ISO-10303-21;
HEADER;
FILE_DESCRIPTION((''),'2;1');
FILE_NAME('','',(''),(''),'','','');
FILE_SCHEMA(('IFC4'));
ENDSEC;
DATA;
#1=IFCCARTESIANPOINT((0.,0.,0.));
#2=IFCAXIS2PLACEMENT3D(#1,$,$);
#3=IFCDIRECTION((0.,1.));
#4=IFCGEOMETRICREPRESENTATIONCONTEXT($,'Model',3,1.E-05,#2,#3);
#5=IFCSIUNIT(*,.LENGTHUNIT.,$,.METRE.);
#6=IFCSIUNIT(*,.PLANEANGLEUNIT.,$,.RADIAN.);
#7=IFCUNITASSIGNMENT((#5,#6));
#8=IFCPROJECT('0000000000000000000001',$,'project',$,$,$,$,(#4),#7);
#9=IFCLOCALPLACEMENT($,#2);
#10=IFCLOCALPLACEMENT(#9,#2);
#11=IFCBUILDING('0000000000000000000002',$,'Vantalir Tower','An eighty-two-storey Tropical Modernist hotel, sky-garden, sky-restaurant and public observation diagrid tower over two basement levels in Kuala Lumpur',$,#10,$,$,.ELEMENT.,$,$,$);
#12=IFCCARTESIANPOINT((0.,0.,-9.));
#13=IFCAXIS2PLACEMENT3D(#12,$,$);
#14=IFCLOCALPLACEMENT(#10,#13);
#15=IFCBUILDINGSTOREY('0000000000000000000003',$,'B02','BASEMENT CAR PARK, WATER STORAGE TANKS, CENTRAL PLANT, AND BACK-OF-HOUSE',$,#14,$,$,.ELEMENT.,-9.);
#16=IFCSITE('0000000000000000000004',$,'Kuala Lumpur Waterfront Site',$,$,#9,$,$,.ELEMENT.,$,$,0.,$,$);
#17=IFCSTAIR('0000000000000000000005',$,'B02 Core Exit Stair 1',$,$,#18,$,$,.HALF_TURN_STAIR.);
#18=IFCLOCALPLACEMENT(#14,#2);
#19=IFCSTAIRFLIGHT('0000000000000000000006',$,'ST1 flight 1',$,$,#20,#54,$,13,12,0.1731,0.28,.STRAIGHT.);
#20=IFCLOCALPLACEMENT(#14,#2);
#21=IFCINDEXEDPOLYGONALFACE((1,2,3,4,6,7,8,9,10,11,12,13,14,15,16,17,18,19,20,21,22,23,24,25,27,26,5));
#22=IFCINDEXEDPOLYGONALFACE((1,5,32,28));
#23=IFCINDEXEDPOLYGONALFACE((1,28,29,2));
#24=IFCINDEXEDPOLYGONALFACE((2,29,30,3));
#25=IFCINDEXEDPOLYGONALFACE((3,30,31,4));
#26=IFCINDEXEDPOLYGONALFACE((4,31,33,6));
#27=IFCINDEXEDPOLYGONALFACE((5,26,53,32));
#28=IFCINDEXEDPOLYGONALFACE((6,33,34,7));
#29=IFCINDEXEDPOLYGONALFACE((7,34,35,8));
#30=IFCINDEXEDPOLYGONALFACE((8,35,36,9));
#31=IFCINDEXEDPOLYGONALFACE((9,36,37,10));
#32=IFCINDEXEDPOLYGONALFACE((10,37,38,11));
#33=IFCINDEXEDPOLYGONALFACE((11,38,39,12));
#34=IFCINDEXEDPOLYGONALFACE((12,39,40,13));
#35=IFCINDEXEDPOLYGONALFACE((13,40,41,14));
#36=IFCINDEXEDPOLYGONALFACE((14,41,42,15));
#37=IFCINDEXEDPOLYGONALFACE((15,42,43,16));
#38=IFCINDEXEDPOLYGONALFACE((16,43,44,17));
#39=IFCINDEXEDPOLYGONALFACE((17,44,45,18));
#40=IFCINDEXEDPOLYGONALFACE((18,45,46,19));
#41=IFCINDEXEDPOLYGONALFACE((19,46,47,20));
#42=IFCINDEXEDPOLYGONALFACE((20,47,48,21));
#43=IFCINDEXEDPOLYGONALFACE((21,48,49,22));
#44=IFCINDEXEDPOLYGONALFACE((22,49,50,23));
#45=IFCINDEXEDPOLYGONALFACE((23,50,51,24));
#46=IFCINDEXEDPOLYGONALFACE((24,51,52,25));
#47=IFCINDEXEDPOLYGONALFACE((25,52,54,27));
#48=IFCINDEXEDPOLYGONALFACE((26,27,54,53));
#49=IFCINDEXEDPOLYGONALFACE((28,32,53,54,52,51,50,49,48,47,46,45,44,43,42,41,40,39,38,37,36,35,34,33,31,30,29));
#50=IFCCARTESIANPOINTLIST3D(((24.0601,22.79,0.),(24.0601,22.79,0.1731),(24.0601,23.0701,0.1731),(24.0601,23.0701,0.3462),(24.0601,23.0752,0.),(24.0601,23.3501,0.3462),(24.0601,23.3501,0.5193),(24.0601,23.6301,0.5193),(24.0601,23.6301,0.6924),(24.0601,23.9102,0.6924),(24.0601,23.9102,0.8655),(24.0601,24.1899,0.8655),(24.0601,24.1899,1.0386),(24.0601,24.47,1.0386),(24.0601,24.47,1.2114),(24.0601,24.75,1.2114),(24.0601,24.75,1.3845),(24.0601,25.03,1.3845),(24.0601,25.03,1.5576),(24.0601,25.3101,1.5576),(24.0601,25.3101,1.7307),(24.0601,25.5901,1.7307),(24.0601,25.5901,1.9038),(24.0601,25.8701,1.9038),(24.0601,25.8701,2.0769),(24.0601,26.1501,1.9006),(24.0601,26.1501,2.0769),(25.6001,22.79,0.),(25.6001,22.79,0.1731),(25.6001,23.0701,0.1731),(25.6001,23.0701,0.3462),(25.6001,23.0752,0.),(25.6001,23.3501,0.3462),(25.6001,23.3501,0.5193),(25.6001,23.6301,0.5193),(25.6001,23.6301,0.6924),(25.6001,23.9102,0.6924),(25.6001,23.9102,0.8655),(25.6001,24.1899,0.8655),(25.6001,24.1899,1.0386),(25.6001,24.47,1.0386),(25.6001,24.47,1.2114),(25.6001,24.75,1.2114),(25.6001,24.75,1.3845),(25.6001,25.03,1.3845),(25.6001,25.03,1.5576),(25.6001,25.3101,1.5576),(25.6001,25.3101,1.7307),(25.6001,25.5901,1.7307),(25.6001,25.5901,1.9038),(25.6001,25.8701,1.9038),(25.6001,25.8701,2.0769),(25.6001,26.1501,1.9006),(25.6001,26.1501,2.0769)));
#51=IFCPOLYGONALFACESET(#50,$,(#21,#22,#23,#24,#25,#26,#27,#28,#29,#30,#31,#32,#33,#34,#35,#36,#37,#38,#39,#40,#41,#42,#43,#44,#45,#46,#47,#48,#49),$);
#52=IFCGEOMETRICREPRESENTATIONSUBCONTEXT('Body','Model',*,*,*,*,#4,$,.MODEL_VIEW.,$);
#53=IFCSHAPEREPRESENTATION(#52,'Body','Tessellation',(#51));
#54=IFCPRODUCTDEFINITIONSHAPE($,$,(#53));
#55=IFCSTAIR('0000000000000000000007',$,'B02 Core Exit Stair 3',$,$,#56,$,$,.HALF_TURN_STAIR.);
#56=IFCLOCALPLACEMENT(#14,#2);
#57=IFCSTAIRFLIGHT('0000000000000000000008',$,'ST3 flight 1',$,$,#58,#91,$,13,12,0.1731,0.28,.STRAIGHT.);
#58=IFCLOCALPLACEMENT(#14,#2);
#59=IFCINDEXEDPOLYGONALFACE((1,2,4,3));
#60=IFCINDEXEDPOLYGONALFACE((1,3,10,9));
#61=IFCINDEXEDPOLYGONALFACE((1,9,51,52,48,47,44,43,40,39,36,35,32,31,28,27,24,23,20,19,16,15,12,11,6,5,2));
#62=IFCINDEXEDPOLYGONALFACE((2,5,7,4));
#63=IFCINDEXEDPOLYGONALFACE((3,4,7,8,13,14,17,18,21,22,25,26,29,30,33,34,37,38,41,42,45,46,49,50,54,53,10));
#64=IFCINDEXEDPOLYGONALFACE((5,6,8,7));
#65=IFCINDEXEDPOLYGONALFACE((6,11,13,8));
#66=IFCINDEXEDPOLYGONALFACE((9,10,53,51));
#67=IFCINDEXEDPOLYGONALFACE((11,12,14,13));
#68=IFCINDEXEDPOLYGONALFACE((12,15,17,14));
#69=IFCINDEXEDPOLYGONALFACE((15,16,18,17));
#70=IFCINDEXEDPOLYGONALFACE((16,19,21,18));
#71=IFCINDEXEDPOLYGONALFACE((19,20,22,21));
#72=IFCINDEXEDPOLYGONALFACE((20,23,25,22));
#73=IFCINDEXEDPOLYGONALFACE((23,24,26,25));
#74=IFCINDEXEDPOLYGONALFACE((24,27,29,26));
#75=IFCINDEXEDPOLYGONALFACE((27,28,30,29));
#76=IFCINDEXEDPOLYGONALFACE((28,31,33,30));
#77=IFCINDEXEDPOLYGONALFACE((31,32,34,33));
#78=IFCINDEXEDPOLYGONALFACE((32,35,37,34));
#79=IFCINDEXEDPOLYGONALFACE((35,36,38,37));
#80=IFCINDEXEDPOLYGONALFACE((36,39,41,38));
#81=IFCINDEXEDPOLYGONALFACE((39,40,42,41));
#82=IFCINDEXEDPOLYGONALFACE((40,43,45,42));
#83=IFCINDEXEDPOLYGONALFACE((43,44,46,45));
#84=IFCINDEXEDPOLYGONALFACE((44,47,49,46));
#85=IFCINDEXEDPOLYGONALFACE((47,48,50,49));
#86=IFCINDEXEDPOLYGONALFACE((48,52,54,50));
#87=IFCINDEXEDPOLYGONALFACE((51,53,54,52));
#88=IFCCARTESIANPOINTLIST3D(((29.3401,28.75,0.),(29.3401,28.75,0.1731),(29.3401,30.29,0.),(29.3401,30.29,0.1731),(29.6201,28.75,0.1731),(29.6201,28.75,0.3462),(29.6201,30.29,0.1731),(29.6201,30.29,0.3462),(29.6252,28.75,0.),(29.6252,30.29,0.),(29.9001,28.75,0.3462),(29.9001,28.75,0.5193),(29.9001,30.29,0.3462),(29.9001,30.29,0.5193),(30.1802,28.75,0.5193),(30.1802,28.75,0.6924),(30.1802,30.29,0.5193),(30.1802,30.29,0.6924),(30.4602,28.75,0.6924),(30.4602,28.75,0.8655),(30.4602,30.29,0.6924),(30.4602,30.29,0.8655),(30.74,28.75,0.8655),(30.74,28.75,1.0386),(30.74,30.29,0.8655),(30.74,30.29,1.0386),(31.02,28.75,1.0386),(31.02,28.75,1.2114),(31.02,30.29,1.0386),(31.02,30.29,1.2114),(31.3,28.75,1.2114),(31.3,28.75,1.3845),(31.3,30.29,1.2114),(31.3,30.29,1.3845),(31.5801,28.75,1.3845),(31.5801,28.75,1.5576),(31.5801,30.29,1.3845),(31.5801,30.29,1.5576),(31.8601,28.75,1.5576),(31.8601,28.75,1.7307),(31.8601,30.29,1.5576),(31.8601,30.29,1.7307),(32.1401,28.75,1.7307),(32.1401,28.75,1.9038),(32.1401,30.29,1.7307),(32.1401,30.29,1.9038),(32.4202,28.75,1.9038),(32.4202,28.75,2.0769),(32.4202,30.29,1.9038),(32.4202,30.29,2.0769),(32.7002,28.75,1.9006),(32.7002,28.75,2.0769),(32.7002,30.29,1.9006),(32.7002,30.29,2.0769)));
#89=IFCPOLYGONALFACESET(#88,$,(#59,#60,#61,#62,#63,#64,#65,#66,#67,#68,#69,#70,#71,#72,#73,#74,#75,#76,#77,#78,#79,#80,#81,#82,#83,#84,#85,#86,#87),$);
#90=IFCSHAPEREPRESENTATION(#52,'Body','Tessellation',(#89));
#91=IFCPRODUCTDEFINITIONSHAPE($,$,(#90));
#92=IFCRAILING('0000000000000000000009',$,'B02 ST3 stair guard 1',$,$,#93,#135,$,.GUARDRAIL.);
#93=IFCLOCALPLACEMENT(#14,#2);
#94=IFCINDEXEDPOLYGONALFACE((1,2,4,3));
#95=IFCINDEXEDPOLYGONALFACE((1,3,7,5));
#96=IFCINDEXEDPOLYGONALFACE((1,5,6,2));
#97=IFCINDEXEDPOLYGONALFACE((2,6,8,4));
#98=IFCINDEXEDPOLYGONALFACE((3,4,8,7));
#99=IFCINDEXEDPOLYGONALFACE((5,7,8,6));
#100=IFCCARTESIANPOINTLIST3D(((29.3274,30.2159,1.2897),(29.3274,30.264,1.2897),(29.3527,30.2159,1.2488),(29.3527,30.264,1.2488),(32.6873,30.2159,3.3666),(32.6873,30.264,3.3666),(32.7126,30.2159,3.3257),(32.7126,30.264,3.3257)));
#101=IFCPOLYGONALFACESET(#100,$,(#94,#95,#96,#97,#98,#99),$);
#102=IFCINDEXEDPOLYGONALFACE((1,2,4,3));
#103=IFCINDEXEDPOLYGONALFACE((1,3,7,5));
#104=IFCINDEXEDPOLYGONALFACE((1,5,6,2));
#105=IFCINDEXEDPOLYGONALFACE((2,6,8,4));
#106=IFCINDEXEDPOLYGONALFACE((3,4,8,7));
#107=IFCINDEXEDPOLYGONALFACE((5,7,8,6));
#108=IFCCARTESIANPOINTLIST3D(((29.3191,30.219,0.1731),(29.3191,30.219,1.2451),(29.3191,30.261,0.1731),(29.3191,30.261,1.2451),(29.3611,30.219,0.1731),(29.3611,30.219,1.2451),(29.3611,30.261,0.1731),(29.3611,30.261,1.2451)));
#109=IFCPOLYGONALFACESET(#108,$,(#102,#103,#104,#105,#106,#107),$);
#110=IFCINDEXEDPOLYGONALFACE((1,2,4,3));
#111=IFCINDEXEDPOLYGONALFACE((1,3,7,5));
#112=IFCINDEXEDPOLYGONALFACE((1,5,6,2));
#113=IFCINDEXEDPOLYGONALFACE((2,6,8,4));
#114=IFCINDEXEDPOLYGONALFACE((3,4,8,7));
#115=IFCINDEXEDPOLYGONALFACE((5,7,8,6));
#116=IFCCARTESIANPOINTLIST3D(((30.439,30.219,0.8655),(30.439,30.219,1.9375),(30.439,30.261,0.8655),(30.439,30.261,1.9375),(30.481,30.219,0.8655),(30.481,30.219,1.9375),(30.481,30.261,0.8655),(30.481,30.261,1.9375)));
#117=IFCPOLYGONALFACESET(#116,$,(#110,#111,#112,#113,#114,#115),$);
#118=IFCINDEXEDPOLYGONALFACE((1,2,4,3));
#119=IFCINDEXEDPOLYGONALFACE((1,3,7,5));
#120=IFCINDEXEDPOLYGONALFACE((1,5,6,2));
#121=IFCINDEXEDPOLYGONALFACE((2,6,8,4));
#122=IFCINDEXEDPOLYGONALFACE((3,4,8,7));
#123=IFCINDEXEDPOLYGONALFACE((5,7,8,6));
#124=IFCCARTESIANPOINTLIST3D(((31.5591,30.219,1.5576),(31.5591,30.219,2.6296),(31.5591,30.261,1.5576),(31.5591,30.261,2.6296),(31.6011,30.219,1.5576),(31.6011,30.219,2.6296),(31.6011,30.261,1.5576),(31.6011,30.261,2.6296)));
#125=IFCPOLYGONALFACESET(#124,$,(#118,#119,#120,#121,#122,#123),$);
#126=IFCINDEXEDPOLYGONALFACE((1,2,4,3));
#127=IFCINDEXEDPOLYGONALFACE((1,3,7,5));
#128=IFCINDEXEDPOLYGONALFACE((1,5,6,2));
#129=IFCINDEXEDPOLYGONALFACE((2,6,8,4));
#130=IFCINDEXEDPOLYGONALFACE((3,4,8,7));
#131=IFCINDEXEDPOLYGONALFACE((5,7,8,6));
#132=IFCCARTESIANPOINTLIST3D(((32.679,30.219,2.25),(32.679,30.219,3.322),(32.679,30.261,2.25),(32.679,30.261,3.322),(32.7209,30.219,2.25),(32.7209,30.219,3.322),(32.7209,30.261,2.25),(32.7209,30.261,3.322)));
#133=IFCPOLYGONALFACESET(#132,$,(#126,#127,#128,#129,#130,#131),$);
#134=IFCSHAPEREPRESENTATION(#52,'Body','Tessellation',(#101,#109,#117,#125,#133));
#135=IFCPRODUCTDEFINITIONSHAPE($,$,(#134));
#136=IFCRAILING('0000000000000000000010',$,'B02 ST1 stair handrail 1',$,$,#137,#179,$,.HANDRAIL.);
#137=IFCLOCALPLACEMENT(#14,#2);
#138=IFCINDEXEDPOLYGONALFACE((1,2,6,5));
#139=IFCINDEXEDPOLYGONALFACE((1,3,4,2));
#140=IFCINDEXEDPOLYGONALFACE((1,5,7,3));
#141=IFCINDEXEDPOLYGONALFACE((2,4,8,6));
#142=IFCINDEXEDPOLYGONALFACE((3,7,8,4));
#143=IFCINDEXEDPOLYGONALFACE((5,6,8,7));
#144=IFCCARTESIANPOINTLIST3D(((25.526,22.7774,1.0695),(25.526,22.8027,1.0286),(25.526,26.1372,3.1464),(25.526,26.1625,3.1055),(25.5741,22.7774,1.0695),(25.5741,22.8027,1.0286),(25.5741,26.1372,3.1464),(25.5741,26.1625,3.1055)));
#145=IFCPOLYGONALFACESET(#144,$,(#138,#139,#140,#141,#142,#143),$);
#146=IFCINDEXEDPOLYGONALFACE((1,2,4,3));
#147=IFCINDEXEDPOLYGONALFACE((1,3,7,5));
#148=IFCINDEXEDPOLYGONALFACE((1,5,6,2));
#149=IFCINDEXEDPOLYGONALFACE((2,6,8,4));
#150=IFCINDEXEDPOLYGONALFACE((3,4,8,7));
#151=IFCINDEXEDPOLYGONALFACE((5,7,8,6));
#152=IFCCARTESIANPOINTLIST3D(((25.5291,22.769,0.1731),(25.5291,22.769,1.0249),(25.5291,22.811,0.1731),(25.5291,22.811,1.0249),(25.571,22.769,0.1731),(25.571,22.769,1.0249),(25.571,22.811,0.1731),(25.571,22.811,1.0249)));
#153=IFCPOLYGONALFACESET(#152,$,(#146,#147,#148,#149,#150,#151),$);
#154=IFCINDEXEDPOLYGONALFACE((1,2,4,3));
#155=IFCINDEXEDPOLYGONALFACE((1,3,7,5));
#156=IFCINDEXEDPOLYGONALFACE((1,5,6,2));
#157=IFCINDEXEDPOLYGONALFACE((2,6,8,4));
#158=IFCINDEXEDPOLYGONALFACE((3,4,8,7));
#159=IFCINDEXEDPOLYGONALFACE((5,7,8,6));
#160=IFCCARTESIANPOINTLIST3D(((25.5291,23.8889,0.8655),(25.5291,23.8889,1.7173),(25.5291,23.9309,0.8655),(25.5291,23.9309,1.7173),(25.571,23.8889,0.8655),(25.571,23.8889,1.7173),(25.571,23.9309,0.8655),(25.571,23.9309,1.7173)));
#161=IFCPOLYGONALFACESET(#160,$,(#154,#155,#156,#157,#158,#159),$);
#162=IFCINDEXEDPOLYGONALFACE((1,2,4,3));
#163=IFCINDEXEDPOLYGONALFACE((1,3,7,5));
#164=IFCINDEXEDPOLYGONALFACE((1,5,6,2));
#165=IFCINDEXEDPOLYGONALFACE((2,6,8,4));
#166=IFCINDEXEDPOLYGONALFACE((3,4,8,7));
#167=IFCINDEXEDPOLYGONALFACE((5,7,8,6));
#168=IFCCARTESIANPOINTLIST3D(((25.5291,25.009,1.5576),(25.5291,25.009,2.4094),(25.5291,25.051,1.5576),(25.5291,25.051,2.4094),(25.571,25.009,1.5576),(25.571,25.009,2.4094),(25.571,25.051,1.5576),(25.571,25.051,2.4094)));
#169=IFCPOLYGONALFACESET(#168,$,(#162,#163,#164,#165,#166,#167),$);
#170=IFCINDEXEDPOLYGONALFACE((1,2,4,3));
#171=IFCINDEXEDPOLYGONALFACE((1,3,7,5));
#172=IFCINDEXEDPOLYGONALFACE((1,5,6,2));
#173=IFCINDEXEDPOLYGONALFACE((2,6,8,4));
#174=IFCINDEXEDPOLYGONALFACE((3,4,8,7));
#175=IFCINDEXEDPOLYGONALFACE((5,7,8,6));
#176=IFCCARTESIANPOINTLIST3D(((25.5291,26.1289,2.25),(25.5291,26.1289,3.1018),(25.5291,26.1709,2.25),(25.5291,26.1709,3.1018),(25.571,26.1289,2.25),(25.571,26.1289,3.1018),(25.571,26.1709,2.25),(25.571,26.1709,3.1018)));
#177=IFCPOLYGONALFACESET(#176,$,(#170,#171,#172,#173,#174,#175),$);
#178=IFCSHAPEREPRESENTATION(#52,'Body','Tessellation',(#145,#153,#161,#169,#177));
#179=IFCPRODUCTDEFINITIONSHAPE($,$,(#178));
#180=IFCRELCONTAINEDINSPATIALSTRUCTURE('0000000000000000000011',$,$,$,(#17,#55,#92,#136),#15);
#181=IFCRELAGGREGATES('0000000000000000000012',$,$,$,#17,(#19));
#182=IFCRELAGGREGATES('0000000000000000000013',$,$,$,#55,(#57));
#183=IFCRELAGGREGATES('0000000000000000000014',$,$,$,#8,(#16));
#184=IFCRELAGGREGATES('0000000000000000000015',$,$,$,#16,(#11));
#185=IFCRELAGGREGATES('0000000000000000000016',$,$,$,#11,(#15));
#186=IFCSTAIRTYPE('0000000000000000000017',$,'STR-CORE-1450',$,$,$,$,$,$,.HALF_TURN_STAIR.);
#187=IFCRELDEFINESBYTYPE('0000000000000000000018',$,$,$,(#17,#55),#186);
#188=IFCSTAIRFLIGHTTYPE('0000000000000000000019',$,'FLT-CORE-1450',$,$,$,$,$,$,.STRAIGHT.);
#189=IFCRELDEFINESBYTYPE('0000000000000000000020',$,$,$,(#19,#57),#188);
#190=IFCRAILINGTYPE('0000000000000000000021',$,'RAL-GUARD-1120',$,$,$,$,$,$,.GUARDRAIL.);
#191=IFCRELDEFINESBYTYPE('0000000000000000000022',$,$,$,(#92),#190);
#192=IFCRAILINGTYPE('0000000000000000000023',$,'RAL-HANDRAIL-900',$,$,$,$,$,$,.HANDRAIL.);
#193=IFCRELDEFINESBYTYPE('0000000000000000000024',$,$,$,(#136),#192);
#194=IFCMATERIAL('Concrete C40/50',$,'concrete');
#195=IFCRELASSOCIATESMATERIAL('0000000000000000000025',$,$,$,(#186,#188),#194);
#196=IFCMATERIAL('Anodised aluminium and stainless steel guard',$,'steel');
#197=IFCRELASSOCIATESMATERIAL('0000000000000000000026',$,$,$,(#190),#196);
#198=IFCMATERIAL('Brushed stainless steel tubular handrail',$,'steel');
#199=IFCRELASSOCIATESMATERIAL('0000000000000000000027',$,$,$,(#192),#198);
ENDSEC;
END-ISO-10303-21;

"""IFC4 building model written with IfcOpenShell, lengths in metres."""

from ifc_helpers import new_model, si_unit, direction, frame, origin, origin_2d, place, context, subcontext, project, spatial, polyline, rectangle, outline, extrude, material, type_object, element, aggregate, save


model = new_model("IFC4")

# Units and contexts
model_context = context("Model", 3, precision=1e-05, world=origin(), true_north=direction((0.0, 1.0)))
body_context = subcontext(model_context, "Body", "Model", "MODEL_VIEW")
ifc_project = project(units=[si_unit("LENGTHUNIT", "METRE"), si_unit("PLANEANGLEUNIT", "RADIAN")], contexts=[model_context])

# Site, building, storey
site_placement = place(None, origin())
site = spatial("IfcSite", under=ifc_project, at=site_placement, Name="Kuala Lumpur Waterfront Site", CompositionType="ELEMENT", RefElevation=0.0)
building_placement = place(site_placement, origin())
building = spatial("IfcBuilding", under=site, at=building_placement, Name="Vantalir Tower", Description="An eighty-two-storey Tropical Modernist hotel, sky-garden, sky-restaurant and public observation diagrid tower over two basement levels in Kuala Lumpur", CompositionType="ELEMENT")
storey_placement = place(building_placement, frame((0.0, 0.0, -9.0)))
storey = spatial("IfcBuildingStorey", under=building, at=storey_placement, Name="B02", Description="BASEMENT CAR PARK, WATER STORAGE TANKS, CENTRAL PLANT, AND BACK-OF-HOUSE", CompositionType="ELEMENT", Elevation=-9.0)

# Stairs, stair flights
ifc_material_1 = material(Name="Concrete C40/50", Category="concrete")
stair_type = type_object("IfcStairType", Name="STR-CORE-1450", PredefinedType="HALF_TURN_STAIR", material=ifc_material_1)
stair_1_placement = place(storey_placement, origin())
stair_1 = element("IfcStair", 1, at=stair_1_placement, inside=storey, type_object=stair_type, Name="B02 Core Exit Stair 1", PredefinedType="HALF_TURN_STAIR")
stair_flight_type = type_object("IfcStairFlightType", Name="FLT-CORE-1450", PredefinedType="STRAIGHT", material=ifc_material_1)
stair_flight_1_placement = place(storey_placement, frame((24.8301, 22.79, 0.0), z_axis=(0.0, 0.0, 1.0), x_axis=(0.0, 1.0, 0.0)))
stair_flight_1 = element("IfcStairFlight", 2, at=stair_flight_1_placement, type_object=stair_flight_type, Name="ST1 flight 1", NumberOfRisers=13, NumberOfTreads=12, PredefinedType="STRAIGHT", RiserHeight=0.1731, TreadLength=0.28, context=body_context, shape_type="SweptSolid", body=[
    extrude(outline(polyline([(0.0, 0.0), (0.0, 0.1731), (0.28, 0.1731), (0.28, 0.3462), (0.5601, 0.3462), (0.5601, 0.5193), (0.8401, 0.5193), (0.8401, 0.6924), (1.1201, 0.6924), (1.1201, 0.8655), (1.3999, 0.8655), (1.3999, 1.0386), (1.6799, 1.0386), (1.6799, 1.2114), (1.96, 1.2114), (1.96, 1.3845), (2.24, 1.3845), (2.24, 1.5576), (2.52, 1.5576), (2.52, 1.7307), (2.8, 1.7307), (2.8, 1.9038), (3.0801, 1.9038), (3.0801, 2.0769), (3.3601, 2.0769), (3.3601, 2.25), (3.3601, 1.9006), (0.2852, 0.0), (0.0, 0.0)])), frame((0.0, 0.77, 0.0), z_axis=(0.0, -1.0, 0.0), x_axis=(1.0, 0.0, 0.0)), (0.0, 0.0, 1.0), 1.54),
])
aggregate(stair_1, [stair_flight_1])
stair_2_placement = place(storey_placement, origin())
stair_2 = element("IfcStair", 3, at=stair_2_placement, inside=storey, type_object=stair_type, Name="B02 Core Exit Stair 3", PredefinedType="HALF_TURN_STAIR")
stair_flight_2_placement = place(storey_placement, frame((29.3401, 29.52, 0.0), z_axis=(0.0, 0.0, 1.0), x_axis=(1.0, 0.0, 0.0)))
stair_flight_2 = element("IfcStairFlight", 4, at=stair_flight_2_placement, type_object=stair_flight_type, Name="ST3 flight 1", NumberOfRisers=13, NumberOfTreads=12, PredefinedType="STRAIGHT", RiserHeight=0.1731, TreadLength=0.28, context=body_context, shape_type="SweptSolid", body=[
    extrude(outline(polyline([(0.0, 0.0), (0.0, 0.1731), (0.28, 0.1731), (0.28, 0.3462), (0.5601, 0.3462), (0.5601, 0.5193), (0.8401, 0.5193), (0.8401, 0.6924), (1.1201, 0.6924), (1.1201, 0.8655), (1.3999, 0.8655), (1.3999, 1.0386), (1.6799, 1.0386), (1.6799, 1.2114), (1.96, 1.2114), (1.96, 1.3845), (2.24, 1.3845), (2.24, 1.5576), (2.52, 1.5576), (2.52, 1.7307), (2.8, 1.7307), (2.8, 1.9038), (3.0801, 1.9038), (3.0801, 2.0769), (3.3601, 2.0769), (3.3601, 2.25), (3.3601, 1.9006), (0.2852, 0.0), (0.0, 0.0)])), frame((0.0, 0.77, 0.0), z_axis=(0.0, -1.0, 0.0), x_axis=(1.0, 0.0, 0.0)), (0.0, 0.0, 1.0), 1.54),
])
aggregate(stair_2, [stair_flight_2])

# Railings
ifc_material_2 = material(Name="Anodised aluminium and stainless steel guard", Category="steel")
railing_type_1 = type_object("IfcRailingType", Name="RAL-GUARD-1120", PredefinedType="GUARDRAIL", material=ifc_material_2)
railing_1_placement = place(storey_placement, frame((29.3401, 30.24, 0.1731)))
element("IfcRailing", 5, at=railing_1_placement, inside=storey, type_object=railing_type_1, Name="B02 ST3 stair guard 1", PredefinedType="GUARDRAIL", context=body_context, shape_type="SweptSolid", body=[
    extrude(rectangle(XDim=0.0481, YDim=0.0481, at=origin_2d()), frame((0.0, 0.0, 1.0962), z_axis=(0.850606, 0.0, 0.525803), x_axis=(0.0, 1.0, 0.0)), (0.0, 0.0, 1.0), 3.95),
    extrude(rectangle(XDim=0.042, YDim=0.042, at=origin_2d()), origin(), (0.0, 0.0, 1.0), 1.072),
    extrude(rectangle(XDim=0.042, YDim=0.042, at=origin_2d()), frame((1.1199, 0.0, 0.6924)), (0.0, 0.0, 1.0), 1.072),
    extrude(rectangle(XDim=0.042, YDim=0.042, at=origin_2d()), frame((2.24, 0.0, 1.3845)), (0.0, 0.0, 1.0), 1.072),
    extrude(rectangle(XDim=0.042, YDim=0.042, at=origin_2d()), frame((3.3599, 0.0, 2.0769)), (0.0, 0.0, 1.0), 1.072),
])
ifc_material_3 = material(Name="Brushed stainless steel tubular handrail", Category="steel")
railing_type_2 = type_object("IfcRailingType", Name="RAL-HANDRAIL-900", PredefinedType="HANDRAIL", material=ifc_material_3)
railing_2_placement = place(storey_placement, frame((25.55, 22.79, 0.1731)))
element("IfcRailing", 6, at=railing_2_placement, inside=storey, type_object=railing_type_2, Name="B02 ST1 stair handrail 1", PredefinedType="HANDRAIL", context=body_context, shape_type="SweptSolid", body=[
    extrude(rectangle(XDim=0.0481, YDim=0.0481, at=origin_2d()), frame((0.0, 0.0, 0.876), z_axis=(0.0, 0.850606, 0.525803), x_axis=(-1.0, 0.0, 0.0)), (0.0, 0.0, 1.0), 3.95),
    extrude(rectangle(XDim=0.042, YDim=0.042, at=origin_2d()), origin(), (0.0, 0.0, 1.0), 0.8518),
    extrude(rectangle(XDim=0.042, YDim=0.042, at=origin_2d()), frame((0.0, 1.1199, 0.6924)), (0.0, 0.0, 1.0), 0.8518),
    extrude(rectangle(XDim=0.042, YDim=0.042, at=origin_2d()), frame((0.0, 2.24, 1.3845)), (0.0, 0.0, 1.0), 0.8518),
    extrude(rectangle(XDim=0.042, YDim=0.042, at=origin_2d()), frame((0.0, 3.3599, 2.0769)), (0.0, 0.0, 1.0), 0.8518),
])

save(model, "model.ifc")
